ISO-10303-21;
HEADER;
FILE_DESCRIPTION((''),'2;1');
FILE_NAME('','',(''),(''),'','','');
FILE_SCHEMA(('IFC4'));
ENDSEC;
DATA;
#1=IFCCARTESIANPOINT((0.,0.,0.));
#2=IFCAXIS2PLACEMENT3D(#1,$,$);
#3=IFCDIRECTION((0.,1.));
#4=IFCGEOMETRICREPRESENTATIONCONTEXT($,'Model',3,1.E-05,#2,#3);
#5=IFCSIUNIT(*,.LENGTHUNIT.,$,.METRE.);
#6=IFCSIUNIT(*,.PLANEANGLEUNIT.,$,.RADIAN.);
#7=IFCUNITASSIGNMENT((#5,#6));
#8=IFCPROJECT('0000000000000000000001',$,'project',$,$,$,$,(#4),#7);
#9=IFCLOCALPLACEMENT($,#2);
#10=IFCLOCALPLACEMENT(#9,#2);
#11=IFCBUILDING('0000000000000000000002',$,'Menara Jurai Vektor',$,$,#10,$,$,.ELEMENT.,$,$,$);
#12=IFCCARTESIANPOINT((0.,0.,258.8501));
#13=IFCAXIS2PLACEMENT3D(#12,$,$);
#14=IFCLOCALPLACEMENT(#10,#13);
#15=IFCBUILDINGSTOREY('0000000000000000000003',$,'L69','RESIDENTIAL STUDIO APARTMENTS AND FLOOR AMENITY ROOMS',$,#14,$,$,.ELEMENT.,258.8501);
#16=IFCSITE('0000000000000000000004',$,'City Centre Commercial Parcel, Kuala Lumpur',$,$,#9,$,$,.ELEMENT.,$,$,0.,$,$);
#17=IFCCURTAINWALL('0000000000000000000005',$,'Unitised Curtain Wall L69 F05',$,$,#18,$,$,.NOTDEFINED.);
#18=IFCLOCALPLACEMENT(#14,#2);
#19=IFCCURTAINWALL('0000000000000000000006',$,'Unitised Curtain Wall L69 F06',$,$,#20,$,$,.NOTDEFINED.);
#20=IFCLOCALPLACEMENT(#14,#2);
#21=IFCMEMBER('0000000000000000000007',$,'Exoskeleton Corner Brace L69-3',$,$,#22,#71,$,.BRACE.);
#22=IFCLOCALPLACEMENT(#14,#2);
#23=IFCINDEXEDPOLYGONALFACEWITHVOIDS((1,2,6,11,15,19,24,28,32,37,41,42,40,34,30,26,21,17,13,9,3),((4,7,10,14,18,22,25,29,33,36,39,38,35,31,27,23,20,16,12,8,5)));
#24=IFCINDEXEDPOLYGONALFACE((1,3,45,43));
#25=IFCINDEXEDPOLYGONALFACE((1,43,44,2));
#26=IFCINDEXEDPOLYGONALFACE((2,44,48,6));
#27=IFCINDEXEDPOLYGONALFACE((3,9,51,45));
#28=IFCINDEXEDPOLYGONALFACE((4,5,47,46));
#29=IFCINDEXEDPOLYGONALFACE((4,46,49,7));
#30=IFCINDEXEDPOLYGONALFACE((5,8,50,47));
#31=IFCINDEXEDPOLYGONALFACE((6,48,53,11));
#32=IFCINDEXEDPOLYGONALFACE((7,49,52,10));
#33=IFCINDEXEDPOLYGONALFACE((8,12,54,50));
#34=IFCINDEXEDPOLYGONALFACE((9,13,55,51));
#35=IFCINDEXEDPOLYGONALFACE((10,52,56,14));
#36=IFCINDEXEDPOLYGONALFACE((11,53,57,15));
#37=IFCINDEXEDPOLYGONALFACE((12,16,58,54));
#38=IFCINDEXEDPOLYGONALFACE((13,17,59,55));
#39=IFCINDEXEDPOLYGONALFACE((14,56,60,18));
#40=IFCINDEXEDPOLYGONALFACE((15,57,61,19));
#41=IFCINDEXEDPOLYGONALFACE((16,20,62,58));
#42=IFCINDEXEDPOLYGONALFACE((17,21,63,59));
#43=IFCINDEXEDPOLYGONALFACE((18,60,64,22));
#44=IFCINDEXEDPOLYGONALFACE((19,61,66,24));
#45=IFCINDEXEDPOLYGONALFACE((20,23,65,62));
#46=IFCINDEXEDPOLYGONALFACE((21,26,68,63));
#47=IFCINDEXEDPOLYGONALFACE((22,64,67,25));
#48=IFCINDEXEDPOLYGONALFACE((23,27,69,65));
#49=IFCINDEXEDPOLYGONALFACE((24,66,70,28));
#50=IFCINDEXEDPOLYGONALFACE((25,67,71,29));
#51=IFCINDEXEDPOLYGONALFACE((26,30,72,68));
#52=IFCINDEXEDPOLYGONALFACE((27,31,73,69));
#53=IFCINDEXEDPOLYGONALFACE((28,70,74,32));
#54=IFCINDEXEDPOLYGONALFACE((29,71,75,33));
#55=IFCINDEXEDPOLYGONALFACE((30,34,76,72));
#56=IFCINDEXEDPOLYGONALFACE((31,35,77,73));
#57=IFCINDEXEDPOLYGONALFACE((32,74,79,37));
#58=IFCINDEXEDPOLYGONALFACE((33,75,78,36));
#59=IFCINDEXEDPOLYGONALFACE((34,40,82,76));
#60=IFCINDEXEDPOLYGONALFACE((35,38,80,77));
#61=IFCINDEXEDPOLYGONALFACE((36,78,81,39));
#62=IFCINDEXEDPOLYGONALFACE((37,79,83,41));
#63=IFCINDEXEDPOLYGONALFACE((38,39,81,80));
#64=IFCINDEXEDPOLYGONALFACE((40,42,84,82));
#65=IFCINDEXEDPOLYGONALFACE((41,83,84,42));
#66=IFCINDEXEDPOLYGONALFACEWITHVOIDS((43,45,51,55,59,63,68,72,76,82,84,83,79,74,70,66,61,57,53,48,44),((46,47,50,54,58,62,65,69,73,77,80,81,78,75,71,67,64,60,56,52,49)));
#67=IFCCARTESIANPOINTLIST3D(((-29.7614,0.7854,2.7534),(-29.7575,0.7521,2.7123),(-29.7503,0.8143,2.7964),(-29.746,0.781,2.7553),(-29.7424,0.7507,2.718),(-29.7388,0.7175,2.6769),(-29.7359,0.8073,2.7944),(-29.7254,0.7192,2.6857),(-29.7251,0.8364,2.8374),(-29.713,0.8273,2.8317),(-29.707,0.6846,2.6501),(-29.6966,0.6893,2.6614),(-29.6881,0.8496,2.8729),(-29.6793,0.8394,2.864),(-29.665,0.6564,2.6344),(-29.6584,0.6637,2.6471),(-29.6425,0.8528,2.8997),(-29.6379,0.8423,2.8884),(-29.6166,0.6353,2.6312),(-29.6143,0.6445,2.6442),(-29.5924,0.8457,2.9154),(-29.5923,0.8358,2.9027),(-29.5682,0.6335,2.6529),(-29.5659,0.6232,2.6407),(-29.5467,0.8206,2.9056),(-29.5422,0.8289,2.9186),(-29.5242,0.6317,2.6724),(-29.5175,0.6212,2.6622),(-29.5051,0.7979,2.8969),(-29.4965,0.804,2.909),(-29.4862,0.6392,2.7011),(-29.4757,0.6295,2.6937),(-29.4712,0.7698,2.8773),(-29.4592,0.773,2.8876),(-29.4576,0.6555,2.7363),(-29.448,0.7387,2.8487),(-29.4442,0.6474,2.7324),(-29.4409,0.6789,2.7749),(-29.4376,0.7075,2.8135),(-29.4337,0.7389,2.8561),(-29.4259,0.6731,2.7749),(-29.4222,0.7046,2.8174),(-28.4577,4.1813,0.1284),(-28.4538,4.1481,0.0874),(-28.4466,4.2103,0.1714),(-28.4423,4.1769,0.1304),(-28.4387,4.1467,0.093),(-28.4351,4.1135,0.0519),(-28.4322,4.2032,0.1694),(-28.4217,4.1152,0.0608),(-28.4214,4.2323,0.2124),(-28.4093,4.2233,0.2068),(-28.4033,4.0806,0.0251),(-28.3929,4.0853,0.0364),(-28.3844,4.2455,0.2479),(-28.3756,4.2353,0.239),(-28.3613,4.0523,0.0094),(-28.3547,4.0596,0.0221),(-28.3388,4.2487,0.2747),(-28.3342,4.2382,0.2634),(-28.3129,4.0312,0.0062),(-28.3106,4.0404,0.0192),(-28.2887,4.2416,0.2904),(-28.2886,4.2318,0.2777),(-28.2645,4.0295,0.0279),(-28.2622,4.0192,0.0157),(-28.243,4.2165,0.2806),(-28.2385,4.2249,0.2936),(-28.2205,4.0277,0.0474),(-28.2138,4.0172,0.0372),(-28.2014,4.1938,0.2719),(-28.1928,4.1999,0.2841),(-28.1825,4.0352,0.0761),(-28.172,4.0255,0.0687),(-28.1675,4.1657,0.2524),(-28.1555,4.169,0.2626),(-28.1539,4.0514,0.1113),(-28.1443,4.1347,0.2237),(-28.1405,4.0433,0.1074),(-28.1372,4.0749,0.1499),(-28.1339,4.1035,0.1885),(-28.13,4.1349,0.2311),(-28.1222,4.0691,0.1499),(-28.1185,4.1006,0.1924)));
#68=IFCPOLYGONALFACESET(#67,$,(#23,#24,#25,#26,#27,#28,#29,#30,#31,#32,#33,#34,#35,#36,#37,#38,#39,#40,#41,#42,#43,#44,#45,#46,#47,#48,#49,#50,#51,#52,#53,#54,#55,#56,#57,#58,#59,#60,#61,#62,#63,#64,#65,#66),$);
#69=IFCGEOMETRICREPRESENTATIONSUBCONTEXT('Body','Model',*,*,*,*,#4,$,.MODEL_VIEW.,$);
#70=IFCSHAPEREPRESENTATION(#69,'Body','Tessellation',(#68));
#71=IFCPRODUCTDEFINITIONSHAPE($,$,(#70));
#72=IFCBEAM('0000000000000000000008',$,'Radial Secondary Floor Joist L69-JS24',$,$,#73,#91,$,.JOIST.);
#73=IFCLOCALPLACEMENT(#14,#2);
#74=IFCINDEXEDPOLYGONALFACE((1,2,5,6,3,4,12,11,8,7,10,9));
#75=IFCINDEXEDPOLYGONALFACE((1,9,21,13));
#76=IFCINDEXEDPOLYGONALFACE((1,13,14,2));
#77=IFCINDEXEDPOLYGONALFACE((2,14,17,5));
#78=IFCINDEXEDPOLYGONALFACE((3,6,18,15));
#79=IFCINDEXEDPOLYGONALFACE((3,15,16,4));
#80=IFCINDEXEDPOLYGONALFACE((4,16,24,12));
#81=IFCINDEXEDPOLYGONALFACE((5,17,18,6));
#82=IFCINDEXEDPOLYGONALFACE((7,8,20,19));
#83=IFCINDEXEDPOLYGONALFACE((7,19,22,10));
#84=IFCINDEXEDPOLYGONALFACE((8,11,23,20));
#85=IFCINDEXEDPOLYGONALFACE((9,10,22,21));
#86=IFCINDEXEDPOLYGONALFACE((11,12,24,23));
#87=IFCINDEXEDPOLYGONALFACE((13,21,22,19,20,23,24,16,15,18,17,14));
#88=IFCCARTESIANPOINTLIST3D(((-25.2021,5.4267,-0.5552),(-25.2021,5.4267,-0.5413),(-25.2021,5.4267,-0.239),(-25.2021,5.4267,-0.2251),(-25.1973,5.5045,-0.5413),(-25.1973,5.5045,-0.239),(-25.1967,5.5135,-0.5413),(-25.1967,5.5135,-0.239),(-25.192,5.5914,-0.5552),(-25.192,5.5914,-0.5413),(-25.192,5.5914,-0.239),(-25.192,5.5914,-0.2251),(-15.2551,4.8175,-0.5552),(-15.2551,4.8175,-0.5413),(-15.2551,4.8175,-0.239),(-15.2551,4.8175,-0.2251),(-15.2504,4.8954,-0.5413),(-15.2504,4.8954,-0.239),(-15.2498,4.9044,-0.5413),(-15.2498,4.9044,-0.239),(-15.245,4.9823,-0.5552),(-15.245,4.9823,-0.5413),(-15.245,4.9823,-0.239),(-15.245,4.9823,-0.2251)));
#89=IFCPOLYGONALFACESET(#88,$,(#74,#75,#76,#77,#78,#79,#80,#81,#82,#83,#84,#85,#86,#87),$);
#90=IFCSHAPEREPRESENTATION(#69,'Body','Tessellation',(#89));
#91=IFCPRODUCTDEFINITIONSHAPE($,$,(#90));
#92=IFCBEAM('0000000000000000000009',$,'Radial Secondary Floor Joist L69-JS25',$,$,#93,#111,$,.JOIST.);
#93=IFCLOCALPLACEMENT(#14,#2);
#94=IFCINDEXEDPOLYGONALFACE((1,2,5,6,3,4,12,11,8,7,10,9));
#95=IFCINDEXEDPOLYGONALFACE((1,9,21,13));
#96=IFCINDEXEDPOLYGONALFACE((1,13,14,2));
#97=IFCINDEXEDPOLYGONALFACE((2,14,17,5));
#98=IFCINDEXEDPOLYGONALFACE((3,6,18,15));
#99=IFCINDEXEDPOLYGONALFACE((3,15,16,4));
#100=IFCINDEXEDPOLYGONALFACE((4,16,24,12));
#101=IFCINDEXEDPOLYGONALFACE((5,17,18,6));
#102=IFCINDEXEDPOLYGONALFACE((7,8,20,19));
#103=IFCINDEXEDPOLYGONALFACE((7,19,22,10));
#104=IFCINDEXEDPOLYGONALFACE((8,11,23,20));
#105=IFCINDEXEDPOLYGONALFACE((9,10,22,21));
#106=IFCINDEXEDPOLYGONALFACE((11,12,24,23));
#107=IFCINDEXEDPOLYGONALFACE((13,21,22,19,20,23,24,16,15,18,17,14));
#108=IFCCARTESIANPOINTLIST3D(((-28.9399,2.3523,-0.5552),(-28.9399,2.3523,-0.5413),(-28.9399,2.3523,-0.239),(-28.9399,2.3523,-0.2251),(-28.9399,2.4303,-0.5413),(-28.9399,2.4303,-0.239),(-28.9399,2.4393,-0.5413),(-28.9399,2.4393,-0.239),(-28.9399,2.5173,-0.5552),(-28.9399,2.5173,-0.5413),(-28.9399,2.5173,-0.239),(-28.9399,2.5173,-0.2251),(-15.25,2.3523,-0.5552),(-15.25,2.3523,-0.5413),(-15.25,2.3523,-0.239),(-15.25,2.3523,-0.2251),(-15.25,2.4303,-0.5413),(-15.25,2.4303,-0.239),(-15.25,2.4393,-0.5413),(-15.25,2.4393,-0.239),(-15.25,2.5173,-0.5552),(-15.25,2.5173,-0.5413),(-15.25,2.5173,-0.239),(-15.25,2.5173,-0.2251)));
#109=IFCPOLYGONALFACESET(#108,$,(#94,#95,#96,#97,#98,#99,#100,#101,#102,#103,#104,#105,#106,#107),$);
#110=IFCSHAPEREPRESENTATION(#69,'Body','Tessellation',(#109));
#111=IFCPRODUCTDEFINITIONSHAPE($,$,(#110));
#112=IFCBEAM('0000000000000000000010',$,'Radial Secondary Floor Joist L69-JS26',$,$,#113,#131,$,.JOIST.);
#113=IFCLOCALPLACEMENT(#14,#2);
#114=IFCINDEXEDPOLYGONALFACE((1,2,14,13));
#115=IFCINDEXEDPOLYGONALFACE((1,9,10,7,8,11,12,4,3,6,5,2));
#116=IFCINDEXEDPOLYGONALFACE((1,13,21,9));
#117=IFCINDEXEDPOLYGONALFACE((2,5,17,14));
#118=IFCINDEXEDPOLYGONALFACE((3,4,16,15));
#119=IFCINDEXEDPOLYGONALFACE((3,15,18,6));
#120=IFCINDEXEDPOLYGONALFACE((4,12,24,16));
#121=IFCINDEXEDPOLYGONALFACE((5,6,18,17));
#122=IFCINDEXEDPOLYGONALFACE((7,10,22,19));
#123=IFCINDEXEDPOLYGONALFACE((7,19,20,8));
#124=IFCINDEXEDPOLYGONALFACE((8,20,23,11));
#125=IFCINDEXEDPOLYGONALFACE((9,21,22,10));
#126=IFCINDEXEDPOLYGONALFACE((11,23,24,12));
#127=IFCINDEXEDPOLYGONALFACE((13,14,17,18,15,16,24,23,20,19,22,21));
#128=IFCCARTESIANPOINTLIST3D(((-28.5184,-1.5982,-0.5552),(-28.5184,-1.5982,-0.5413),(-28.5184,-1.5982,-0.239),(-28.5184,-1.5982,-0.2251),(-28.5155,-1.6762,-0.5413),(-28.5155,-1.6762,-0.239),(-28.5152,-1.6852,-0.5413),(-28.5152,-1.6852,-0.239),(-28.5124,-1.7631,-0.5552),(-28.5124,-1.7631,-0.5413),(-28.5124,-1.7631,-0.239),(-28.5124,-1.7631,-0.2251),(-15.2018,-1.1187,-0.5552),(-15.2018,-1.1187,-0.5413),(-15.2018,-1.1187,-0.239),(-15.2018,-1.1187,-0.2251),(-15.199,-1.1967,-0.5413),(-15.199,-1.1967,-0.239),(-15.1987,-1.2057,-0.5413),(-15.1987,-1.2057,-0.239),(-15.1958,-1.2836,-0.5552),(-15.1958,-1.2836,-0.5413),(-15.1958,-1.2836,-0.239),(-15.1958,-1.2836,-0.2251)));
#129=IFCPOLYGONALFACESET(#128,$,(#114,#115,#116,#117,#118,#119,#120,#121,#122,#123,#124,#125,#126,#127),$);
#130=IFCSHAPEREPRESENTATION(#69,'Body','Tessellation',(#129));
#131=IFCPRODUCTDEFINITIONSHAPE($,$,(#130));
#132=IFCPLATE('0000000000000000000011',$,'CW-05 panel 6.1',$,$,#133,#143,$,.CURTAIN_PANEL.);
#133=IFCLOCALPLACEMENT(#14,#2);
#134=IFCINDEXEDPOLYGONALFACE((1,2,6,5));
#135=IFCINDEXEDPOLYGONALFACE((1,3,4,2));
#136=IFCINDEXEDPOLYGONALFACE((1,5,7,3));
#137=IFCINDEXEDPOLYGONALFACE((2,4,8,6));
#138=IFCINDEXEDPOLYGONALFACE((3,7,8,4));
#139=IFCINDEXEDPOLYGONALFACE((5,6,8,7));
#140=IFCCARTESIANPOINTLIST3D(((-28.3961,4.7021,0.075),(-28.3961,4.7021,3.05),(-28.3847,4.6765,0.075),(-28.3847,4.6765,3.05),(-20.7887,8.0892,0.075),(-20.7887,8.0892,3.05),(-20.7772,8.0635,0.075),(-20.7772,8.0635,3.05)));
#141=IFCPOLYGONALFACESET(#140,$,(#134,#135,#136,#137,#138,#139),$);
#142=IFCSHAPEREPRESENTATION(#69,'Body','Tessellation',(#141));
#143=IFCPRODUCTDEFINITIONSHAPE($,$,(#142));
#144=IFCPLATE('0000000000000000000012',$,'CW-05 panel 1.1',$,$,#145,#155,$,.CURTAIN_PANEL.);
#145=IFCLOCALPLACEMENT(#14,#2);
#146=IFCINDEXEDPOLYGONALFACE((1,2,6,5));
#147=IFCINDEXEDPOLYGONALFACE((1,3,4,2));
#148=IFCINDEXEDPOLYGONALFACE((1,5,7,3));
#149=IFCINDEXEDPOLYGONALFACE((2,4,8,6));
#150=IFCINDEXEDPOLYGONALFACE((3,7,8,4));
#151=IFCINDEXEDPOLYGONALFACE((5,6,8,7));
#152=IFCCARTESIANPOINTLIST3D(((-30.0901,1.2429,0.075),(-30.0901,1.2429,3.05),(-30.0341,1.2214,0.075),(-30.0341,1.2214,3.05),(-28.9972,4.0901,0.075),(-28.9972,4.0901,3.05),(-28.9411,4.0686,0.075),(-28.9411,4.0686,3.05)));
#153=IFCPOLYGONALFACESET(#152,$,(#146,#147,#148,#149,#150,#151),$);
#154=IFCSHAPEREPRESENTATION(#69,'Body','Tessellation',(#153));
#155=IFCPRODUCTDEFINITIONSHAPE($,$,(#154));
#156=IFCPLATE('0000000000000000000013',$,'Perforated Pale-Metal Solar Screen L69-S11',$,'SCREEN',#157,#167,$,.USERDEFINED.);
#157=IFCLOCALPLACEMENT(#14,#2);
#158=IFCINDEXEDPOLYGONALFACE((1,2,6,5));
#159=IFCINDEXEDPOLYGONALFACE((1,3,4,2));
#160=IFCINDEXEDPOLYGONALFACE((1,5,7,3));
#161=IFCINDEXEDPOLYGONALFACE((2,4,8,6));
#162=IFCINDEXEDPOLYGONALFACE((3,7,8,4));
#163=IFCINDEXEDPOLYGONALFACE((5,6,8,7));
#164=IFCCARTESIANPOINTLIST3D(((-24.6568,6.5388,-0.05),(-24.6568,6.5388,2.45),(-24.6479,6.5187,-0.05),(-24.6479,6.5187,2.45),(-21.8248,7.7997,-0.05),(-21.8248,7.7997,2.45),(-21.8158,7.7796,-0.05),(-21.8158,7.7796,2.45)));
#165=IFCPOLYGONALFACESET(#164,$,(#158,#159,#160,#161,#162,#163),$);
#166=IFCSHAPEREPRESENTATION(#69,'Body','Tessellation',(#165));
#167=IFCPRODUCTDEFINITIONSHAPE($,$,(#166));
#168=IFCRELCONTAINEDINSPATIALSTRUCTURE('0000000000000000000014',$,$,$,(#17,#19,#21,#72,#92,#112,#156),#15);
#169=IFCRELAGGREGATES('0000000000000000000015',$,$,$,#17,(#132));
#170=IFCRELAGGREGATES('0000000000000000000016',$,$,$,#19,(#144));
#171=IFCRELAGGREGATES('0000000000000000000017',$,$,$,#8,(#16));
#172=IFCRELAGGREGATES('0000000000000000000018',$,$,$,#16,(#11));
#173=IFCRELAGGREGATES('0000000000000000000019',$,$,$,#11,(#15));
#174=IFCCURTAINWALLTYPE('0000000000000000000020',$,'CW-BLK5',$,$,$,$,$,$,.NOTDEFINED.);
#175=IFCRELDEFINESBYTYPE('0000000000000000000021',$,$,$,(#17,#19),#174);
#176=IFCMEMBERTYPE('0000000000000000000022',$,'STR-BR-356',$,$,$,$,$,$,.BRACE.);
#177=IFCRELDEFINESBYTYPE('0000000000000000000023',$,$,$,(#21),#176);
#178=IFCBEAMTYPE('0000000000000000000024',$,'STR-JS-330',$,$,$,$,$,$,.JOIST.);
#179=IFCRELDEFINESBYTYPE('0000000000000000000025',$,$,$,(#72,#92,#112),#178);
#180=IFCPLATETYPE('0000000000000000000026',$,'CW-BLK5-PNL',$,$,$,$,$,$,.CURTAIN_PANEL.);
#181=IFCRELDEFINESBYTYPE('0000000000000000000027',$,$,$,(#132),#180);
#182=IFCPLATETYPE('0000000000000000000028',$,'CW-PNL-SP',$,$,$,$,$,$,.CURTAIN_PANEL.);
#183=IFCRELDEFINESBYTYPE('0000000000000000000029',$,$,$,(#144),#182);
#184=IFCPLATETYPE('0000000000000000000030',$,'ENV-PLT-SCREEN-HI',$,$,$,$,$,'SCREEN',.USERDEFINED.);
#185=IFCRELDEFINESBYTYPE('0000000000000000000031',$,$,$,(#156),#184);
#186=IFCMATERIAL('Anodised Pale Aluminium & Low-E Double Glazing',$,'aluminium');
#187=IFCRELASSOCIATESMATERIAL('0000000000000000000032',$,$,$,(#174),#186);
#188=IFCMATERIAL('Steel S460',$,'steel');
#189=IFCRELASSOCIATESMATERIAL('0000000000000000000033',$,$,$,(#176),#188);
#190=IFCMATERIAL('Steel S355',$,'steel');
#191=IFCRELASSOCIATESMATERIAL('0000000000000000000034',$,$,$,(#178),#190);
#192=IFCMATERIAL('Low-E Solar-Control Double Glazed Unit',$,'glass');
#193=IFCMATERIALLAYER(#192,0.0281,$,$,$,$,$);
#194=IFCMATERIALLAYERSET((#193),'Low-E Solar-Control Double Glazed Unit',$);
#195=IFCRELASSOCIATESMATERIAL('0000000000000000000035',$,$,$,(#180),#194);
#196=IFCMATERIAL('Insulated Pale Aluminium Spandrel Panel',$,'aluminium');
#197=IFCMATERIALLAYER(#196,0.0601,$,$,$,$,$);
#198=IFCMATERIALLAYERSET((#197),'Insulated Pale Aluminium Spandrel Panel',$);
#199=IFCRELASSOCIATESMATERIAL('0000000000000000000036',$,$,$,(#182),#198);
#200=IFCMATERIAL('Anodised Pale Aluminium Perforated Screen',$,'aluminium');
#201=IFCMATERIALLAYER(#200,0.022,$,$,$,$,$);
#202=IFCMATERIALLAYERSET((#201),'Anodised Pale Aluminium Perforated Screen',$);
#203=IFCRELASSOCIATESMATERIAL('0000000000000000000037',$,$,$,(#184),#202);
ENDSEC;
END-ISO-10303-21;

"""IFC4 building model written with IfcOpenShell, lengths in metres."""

from ifc_helpers import new_model, si_unit, direction, frame, origin, origin_2d, place, context, subcontext, project, spatial, rectangle, hollow_circle, i_section, extrude, material, layer, layer_set, material_profile, profile_set, type_object, element, aggregate, save


model = new_model("IFC4")

# Units and contexts
model_context = context("Model", 3, precision=1e-05, world=origin(), true_north=direction((0.0, 1.0)))
body_context = subcontext(model_context, "Body", "Model", "MODEL_VIEW")
ifc_project = project(units=[si_unit("LENGTHUNIT", "METRE"), si_unit("PLANEANGLEUNIT", "RADIAN")], contexts=[model_context])

# Site, building, storey
site_placement = place(None, origin())
site = spatial("IfcSite", under=ifc_project, at=site_placement, Name="City Centre Commercial Parcel, Kuala Lumpur", CompositionType="ELEMENT", RefElevation=0.0)
building_placement = place(site_placement, origin())
building = spatial("IfcBuilding", under=site, at=building_placement, Name="Menara Jurai Vektor", CompositionType="ELEMENT")
storey_placement = place(building_placement, frame((0.0, 0.0, 258.8501)))
storey = spatial("IfcBuildingStorey", under=building, at=storey_placement, Name="L69", Description="RESIDENTIAL STUDIO APARTMENTS AND FLOOR AMENITY ROOMS", CompositionType="ELEMENT", Elevation=258.8501)

# Shared definitions
ifc_material_1 = material(Name="Steel S460", Category="steel")

# Curtain wall
ifc_material_2 = material(Name="Anodised Pale Aluminium & Low-E Double Glazing", Category="aluminium")
curtain_wall_type = type_object("IfcCurtainWallType", Name="CW-BLK5", PredefinedType="NOTDEFINED", material=ifc_material_2)
curtain_wall_1_placement = place(storey_placement, origin())
curtain_wall_1 = element("IfcCurtainWall", 1, at=curtain_wall_1_placement, inside=storey, type_object=curtain_wall_type, Name="Unitised Curtain Wall L69 F05", PredefinedType="NOTDEFINED")

# Curtain wall
curtain_wall_2_placement = place(storey_placement, origin())
curtain_wall_2 = element("IfcCurtainWall", 2, at=curtain_wall_2_placement, inside=storey, type_object=curtain_wall_type, Name="Unitised Curtain Wall L69 F06", PredefinedType="NOTDEFINED")

# Shared definitions
ifc_material_3 = material(Name="Steel S355", Category="steel")

# Member
ifc_material_profile_1 = material_profile(ifc_material_1, hollow_circle(Radius=0.1777, WallThickness=0.0161, at=origin_2d()), Name="CHS 355.6x16")
ifc_profile_set_1 = profile_set([ifc_material_profile_1], Name="Steel S460")
member_type_1 = type_object("IfcMemberType", Name="STR-BR-356", PredefinedType="BRACE", material=ifc_profile_set_1)
member_1_placement = place(storey_placement, frame((-28.2881, 4.1328, 0.1499), z_axis=(-0.290626, -0.757042, 0.58517), x_axis=(0.93357, -0.358394, 0.0)))
element("IfcMember", 3, at=member_1_placement, inside=storey, type_object=member_type_1, Name="Exoskeleton Corner Brace L69-3", PredefinedType="BRACE", context=body_context, shape_type="SweptSolid", body=[
    extrude(hollow_circle(Radius=0.1777, WallThickness=0.0161, at=origin_2d()), origin(), (0.0, 0.0, 1.0), 4.4858),
])

# Beams
ifc_material_profile_2 = material_profile(ifc_material_3, i_section(OverallWidth=0.165, OverallDepth=0.3301, WebThickness=0.009, FlangeThickness=0.0139, at=origin_2d()), Name="PG 330x165x46")
ifc_profile_set_2 = profile_set([ifc_material_profile_2], Name="Steel S355")
beam_type_1 = type_object("IfcBeamType", Name="STR-JS-330", PredefinedType="JOIST", material=ifc_profile_set_2)
beam_1_placement = place(storey_placement, frame((-25.197, 5.509, -0.3901), z_axis=(0.99813, -0.061123, 0.0), x_axis=(0.061123, 0.99813, 0.0)))
element("IfcBeam", 4, at=beam_1_placement, inside=storey, type_object=beam_type_1, Name="Radial Secondary Floor Joist L69-JS24", PredefinedType="JOIST", context=body_context, shape_type="SweptSolid", body=[
    extrude(i_section(OverallWidth=0.165, OverallDepth=0.3301, WebThickness=0.009, FlangeThickness=0.0139, at=origin_2d()), origin(), (0.0, 0.0, 1.0), 9.9656),
])
beam_2_placement = place(storey_placement, frame((-28.9399, 2.4348, -0.3901), z_axis=(1.0, 0.0, 0.0), x_axis=(0.0, 1.0, 0.0)))
element("IfcBeam", 5, at=beam_2_placement, inside=storey, type_object=beam_type_1, Name="Radial Secondary Floor Joist L69-JS25", PredefinedType="JOIST", context=body_context, shape_type="SweptSolid", body=[
    extrude(i_section(OverallWidth=0.165, OverallDepth=0.3301, WebThickness=0.009, FlangeThickness=0.0139, at=origin_2d()), origin(), (0.0, 0.0, 1.0), 13.6899),
])
beam_3_placement = place(storey_placement, frame((-28.5154, -1.6807, -0.3901), z_axis=(0.999352, 0.035984, 0.0), x_axis=(-0.035984, 0.999352, 0.0)))
element("IfcBeam", 6, at=beam_3_placement, inside=storey, type_object=beam_type_1, Name="Radial Secondary Floor Joist L69-JS26", PredefinedType="JOIST", context=body_context, shape_type="SweptSolid", body=[
    extrude(i_section(OverallWidth=0.165, OverallDepth=0.3301, WebThickness=0.009, FlangeThickness=0.0139, at=origin_2d()), origin(), (0.0, 0.0, 1.0), 13.3252),
])

# Plates
ifc_material_4 = material(Name="Low-E Solar-Control Double Glazed Unit", Category="glass")
ifc_layer_1 = layer(ifc_material_4, 0.0281)
ifc_layer_set_1 = layer_set([ifc_layer_1], Name="Low-E Solar-Control Double Glazed Unit")
plate_type_1 = type_object("IfcPlateType", Name="CW-BLK5-PNL", PredefinedType="CURTAIN_PANEL", material=ifc_layer_set_1)
plate_1_placement = place(storey_placement, frame((-24.5867, 6.3828, 0.075), z_axis=(0.0, 0.0, 1.0), x_axis=(-0.913546, -0.406735, 0.0)))
plate_1 = element("IfcPlate", 7, at=plate_1_placement, type_object=plate_type_1, Name="CW-05 panel 6.1", PredefinedType="CURTAIN_PANEL", context=body_context, shape_type="SweptSolid", body=[
    extrude(rectangle(XDim=8.3274, YDim=0.0281, at=origin_2d()), origin(), (0.0, 0.0, 1.0), 2.9751),
])
aggregate(curtain_wall_1, [plate_1])
ifc_material_5 = material(Name="Insulated Pale Aluminium Spandrel Panel", Category="aluminium")
ifc_layer_2 = layer(ifc_material_5, 0.0601)
ifc_layer_set_2 = layer_set([ifc_layer_2], Name="Insulated Pale Aluminium Spandrel Panel")
plate_type_2 = type_object("IfcPlateType", Name="CW-PNL-SP", PredefinedType="CURTAIN_PANEL", material=ifc_layer_set_2)
plate_2_placement = place(storey_placement, frame((-29.5156, 2.6558, 0.075), z_axis=(0.0, 0.0, 1.0), x_axis=(-0.358374, -0.933578, 0.0)))
plate_2 = element("IfcPlate", 8, at=plate_2_placement, type_object=plate_type_2, Name="CW-05 panel 1.1", PredefinedType="CURTAIN_PANEL", context=body_context, shape_type="SweptSolid", body=[
    extrude(rectangle(XDim=3.0498, YDim=0.0601, at=origin_2d()), origin(), (0.0, 0.0, 1.0), 2.9751),
])
aggregate(curtain_wall_2, [plate_2])
ifc_material_6 = material(Name="Anodised Pale Aluminium Perforated Screen", Category="aluminium")
ifc_layer_3 = layer(ifc_material_6, 0.022)
ifc_layer_set_3 = layer_set([ifc_layer_3], Name="Anodised Pale Aluminium Perforated Screen")
plate_type_3 = type_object("IfcPlateType", Name="ENV-PLT-SCREEN-HI", ElementType="SCREEN", PredefinedType="USERDEFINED", material=ifc_layer_set_3)
plate_3_placement = place(storey_placement, frame((-23.2363, 7.1592, -0.05), z_axis=(0.0, 0.0, 1.0), x_axis=(-0.913545, -0.406737, 0.0)))
element("IfcPlate", 9, at=plate_3_placement, inside=storey, type_object=plate_type_3, Name="Perforated Pale-Metal Solar Screen L69-S11", ObjectType="SCREEN", PredefinedType="USERDEFINED", context=body_context, shape_type="SweptSolid", body=[
    extrude(rectangle(XDim=3.1001, YDim=0.022, at=origin_2d()), origin(), (0.0, 0.0, 1.0), 2.5),
])

save(model, "model.ifc")
